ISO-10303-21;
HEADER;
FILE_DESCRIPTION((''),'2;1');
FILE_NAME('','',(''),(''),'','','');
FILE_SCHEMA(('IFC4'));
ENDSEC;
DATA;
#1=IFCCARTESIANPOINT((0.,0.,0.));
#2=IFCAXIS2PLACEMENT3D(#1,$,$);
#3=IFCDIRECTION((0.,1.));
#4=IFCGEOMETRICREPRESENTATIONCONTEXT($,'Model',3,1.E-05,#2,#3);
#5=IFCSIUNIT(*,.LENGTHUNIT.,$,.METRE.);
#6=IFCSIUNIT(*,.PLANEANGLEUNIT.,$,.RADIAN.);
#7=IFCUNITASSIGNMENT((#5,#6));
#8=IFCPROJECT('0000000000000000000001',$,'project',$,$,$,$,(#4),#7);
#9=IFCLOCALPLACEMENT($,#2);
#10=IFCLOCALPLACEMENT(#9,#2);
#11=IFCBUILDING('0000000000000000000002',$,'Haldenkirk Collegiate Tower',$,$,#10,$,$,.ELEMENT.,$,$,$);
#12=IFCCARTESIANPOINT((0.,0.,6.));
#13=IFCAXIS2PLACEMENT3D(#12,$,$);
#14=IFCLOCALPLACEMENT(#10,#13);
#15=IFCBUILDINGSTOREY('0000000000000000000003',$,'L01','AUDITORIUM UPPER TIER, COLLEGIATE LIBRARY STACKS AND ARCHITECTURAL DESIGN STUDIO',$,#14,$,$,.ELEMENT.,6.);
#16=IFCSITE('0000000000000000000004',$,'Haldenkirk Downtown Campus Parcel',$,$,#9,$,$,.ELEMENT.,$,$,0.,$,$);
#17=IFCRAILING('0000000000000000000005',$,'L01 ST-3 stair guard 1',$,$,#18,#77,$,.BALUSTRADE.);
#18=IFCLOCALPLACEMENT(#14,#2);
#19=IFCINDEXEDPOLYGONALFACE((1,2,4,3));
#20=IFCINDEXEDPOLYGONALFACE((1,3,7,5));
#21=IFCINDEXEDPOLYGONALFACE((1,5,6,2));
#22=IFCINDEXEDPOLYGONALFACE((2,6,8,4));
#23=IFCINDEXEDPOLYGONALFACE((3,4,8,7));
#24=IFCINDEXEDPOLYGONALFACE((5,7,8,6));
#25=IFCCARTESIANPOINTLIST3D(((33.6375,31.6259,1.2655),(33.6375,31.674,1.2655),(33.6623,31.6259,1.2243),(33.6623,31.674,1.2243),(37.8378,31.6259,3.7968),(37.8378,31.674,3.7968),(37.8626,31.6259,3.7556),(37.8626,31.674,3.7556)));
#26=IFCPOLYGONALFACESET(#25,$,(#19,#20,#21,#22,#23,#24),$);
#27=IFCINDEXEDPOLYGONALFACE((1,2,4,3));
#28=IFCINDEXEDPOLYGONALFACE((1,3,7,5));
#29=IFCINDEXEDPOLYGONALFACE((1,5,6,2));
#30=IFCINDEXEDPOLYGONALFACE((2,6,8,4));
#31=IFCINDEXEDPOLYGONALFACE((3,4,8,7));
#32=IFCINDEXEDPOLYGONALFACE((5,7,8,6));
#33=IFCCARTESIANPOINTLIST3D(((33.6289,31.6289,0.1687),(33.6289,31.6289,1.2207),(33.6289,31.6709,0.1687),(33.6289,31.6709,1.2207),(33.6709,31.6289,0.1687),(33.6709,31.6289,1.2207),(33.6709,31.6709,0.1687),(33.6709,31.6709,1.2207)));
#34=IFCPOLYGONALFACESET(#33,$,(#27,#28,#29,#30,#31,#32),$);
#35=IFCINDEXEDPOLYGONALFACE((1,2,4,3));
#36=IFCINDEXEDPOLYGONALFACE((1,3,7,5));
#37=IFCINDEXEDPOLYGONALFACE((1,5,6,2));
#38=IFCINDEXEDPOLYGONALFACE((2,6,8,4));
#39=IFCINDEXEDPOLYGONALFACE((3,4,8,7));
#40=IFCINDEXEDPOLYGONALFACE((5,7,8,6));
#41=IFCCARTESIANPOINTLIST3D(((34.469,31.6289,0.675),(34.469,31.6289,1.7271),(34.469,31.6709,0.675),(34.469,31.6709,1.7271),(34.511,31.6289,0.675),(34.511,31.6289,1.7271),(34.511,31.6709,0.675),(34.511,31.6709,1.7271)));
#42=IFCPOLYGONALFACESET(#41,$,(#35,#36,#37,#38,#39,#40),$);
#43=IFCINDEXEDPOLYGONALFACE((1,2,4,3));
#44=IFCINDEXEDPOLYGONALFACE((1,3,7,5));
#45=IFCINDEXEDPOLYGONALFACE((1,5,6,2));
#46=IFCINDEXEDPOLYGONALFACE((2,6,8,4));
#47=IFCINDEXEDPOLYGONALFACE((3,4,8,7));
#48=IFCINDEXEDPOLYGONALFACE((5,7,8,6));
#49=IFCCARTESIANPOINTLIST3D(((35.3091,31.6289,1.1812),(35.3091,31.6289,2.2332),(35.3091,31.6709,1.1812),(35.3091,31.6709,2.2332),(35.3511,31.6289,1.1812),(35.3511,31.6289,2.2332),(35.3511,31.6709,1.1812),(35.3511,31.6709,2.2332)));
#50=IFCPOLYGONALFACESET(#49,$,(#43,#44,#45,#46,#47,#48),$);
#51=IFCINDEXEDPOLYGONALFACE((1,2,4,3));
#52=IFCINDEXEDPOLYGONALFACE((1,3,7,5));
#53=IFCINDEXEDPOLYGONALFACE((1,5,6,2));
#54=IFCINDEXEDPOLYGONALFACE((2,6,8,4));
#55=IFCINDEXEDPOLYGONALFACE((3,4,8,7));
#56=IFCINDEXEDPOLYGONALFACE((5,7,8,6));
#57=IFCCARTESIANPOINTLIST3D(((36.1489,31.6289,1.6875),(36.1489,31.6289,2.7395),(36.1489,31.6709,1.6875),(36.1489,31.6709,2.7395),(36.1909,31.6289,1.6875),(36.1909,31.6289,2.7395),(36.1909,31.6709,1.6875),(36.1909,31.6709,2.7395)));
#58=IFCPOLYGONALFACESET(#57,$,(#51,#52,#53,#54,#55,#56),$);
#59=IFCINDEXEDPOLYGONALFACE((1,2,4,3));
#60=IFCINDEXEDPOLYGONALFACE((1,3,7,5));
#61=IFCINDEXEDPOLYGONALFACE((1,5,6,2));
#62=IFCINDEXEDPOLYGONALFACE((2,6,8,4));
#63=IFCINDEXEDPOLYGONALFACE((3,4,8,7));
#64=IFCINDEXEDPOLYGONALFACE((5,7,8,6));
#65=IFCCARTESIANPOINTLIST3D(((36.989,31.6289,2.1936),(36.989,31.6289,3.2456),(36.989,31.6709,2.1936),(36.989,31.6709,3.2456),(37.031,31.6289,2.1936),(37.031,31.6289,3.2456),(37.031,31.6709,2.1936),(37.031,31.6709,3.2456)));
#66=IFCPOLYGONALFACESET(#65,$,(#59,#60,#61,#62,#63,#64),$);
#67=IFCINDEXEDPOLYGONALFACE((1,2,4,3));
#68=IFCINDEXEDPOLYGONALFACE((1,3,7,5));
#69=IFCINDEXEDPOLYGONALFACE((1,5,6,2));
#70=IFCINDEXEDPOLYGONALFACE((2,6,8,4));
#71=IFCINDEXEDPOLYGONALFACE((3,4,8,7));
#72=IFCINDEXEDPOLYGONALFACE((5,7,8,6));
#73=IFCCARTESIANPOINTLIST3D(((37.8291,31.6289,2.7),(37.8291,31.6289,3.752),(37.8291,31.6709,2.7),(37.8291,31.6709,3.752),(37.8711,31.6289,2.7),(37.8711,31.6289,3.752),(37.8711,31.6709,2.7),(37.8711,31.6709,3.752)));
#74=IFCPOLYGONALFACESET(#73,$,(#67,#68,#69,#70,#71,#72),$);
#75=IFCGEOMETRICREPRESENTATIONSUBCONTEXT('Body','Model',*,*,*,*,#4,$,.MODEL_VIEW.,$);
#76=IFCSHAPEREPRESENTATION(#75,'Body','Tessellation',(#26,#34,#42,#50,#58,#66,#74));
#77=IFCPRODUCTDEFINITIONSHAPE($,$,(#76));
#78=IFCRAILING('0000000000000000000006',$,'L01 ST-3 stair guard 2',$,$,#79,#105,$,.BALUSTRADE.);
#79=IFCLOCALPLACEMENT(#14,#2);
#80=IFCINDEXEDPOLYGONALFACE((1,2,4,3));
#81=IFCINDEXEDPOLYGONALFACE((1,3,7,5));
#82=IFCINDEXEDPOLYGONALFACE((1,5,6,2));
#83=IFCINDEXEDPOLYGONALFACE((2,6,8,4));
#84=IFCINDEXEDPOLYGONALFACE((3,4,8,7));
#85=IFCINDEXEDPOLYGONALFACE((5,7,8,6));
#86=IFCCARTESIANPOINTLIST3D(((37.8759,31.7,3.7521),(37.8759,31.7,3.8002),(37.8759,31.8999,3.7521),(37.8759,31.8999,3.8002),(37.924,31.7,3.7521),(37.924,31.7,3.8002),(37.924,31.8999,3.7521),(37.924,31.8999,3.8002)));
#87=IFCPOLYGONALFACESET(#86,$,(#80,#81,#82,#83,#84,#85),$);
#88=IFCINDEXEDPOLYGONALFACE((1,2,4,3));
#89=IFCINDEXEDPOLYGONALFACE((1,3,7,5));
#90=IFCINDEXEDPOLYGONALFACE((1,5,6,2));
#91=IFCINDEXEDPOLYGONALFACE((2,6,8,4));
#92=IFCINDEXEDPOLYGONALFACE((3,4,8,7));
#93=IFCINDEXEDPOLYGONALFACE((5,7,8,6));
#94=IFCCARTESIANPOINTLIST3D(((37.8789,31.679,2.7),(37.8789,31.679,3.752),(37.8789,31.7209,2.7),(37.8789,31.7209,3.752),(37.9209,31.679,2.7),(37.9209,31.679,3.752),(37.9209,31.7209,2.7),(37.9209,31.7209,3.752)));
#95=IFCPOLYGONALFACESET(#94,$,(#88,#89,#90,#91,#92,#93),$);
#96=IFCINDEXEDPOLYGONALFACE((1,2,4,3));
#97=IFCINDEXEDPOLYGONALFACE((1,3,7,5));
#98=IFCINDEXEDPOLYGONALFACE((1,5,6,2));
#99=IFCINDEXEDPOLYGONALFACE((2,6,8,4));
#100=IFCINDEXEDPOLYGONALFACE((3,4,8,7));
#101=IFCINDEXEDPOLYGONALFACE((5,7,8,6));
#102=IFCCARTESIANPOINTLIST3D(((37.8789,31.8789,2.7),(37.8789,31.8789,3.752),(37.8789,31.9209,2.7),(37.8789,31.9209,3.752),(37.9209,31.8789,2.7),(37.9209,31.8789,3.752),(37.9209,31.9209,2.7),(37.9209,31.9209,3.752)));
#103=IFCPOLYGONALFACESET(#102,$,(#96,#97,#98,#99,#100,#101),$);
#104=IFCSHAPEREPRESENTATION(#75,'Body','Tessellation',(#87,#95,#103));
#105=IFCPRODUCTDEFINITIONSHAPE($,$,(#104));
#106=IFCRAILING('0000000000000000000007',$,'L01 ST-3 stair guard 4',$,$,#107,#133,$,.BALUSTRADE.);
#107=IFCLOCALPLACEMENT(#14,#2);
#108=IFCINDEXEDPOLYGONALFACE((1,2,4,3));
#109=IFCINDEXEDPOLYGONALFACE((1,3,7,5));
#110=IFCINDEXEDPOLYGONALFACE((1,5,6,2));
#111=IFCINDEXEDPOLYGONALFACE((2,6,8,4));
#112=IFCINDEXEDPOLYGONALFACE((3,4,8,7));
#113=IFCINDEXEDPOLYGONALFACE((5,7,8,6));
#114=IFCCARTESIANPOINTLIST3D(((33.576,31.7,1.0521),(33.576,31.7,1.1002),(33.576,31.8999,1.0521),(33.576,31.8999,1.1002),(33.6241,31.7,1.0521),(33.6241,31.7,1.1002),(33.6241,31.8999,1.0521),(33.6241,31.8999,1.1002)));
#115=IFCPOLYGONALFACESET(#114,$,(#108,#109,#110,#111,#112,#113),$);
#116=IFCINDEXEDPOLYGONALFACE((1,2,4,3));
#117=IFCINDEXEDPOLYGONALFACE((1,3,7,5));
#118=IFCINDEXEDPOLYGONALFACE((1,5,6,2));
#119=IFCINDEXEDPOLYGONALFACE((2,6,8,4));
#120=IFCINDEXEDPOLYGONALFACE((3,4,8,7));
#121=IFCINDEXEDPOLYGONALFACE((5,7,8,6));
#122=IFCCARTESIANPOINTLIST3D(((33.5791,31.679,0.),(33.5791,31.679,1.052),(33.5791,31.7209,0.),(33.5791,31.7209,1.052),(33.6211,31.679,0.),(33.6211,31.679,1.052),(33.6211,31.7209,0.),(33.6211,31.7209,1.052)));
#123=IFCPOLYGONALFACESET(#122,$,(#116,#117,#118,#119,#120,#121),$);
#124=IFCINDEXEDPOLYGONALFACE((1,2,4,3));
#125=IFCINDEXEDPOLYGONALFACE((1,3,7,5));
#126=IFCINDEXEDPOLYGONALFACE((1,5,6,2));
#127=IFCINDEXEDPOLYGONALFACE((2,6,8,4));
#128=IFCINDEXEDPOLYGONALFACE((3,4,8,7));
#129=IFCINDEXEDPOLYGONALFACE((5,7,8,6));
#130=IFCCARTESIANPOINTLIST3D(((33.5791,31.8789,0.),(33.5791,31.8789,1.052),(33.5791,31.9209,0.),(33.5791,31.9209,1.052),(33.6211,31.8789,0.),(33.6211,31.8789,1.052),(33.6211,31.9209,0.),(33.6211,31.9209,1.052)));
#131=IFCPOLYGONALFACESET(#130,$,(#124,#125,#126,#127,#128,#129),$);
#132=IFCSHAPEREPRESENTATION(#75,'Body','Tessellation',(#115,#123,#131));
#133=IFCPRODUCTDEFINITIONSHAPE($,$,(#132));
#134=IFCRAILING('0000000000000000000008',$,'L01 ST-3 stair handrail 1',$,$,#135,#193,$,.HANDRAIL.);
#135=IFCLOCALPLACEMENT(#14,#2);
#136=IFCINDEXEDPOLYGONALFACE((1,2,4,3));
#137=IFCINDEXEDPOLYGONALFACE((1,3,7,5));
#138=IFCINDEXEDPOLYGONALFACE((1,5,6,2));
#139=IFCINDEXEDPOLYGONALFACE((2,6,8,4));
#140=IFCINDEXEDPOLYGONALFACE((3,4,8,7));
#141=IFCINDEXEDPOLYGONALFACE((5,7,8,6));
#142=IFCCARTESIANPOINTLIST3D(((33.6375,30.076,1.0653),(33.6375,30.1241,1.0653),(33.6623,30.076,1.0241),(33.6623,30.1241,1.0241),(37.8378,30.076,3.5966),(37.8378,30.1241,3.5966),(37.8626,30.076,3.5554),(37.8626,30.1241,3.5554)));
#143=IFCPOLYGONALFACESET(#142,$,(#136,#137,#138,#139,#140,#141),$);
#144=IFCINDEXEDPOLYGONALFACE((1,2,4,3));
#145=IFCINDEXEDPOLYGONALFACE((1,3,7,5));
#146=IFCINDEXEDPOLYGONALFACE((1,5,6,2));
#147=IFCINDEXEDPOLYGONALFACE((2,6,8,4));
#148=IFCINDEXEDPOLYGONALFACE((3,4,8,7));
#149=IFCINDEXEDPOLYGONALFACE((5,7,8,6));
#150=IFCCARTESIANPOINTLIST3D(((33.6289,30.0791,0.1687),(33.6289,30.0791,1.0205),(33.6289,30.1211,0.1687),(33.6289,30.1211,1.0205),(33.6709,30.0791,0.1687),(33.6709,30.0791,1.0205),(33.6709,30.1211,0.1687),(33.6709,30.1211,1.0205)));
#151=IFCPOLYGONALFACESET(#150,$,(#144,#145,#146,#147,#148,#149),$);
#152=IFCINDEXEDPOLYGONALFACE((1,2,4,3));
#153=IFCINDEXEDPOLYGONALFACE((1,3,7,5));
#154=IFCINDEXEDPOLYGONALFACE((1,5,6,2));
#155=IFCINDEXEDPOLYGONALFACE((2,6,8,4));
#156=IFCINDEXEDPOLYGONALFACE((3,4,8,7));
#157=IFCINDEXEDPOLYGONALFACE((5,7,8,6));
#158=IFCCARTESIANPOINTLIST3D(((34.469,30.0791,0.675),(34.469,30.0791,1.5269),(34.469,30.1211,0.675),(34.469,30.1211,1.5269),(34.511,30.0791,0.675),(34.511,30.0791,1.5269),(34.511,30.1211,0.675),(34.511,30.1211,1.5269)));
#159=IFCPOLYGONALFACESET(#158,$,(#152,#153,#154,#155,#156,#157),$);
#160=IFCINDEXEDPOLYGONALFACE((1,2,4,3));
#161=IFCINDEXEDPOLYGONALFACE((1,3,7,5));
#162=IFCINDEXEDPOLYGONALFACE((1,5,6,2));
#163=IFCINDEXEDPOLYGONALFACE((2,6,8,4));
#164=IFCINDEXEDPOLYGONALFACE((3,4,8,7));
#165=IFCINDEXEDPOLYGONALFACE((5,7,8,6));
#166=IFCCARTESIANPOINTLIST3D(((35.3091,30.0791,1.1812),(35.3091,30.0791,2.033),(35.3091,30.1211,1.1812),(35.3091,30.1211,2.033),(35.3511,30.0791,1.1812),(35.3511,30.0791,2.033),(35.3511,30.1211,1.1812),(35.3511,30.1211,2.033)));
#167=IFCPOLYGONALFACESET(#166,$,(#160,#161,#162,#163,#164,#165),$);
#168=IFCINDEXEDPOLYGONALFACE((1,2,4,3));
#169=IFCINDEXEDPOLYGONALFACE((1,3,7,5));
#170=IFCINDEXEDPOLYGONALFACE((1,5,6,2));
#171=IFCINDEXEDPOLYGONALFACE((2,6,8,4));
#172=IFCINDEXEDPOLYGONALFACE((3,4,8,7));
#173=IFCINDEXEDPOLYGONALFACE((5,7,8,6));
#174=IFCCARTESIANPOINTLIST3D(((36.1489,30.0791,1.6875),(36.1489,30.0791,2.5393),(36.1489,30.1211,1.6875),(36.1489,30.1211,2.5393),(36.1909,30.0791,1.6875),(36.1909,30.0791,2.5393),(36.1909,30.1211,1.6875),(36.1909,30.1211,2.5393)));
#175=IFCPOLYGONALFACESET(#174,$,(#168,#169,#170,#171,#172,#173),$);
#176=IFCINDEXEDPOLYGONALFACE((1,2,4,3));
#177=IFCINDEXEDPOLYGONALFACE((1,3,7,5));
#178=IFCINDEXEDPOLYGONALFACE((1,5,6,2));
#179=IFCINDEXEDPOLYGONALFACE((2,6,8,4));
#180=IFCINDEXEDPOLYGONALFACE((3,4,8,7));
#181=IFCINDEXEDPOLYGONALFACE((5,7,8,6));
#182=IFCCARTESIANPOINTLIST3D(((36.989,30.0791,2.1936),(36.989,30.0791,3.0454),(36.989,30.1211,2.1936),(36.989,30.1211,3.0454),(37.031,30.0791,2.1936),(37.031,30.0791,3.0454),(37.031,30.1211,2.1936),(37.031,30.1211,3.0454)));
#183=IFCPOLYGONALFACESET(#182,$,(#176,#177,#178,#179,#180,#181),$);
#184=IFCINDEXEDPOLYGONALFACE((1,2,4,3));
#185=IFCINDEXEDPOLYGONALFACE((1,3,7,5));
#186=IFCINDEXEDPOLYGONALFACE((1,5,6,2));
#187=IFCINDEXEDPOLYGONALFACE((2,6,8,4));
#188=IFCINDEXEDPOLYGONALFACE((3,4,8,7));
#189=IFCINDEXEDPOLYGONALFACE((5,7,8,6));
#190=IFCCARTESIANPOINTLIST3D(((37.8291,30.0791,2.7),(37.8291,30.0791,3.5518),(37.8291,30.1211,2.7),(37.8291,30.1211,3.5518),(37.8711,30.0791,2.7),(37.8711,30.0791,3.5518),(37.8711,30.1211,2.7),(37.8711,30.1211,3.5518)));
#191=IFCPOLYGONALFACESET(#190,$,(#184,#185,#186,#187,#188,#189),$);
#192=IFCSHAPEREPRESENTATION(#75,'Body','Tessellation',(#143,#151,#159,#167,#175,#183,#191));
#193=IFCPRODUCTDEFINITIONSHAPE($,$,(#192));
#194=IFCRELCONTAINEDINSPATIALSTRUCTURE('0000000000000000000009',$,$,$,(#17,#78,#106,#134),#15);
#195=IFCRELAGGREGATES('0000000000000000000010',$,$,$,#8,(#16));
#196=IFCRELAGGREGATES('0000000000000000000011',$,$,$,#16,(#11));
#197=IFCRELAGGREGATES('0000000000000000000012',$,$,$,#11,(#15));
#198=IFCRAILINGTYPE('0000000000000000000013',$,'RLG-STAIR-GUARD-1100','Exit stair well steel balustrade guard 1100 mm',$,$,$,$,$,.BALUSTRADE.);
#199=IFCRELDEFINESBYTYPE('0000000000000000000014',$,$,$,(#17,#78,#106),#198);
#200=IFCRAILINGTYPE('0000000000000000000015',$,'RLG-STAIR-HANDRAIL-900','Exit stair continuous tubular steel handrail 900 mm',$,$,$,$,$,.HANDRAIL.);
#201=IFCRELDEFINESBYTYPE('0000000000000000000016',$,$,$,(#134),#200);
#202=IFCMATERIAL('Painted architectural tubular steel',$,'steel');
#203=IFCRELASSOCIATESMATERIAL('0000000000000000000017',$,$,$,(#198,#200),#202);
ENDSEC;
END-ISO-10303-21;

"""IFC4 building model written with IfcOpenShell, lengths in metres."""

from ifc_helpers import new_model, si_unit, direction, frame, origin, origin_2d, place, context, subcontext, project, spatial, rectangle, extrude, material, type_object, element, save


model = new_model("IFC4")

# Units and contexts
model_context = context("Model", 3, precision=1e-05, world=origin(), true_north=direction((0.0, 1.0)))
body_context = subcontext(model_context, "Body", "Model", "MODEL_VIEW")
ifc_project = project(units=[si_unit("LENGTHUNIT", "METRE"), si_unit("PLANEANGLEUNIT", "RADIAN")], contexts=[model_context])

# Site, building, storey
site_placement = place(None, origin())
site = spatial("IfcSite", under=ifc_project, at=site_placement, Name="Haldenkirk Downtown Campus Parcel", CompositionType="ELEMENT", RefElevation=0.0)
building_placement = place(site_placement, origin())
building = spatial("IfcBuilding", under=site, at=building_placement, Name="Haldenkirk Collegiate Tower", CompositionType="ELEMENT")
storey_placement = place(building_placement, frame((0.0, 0.0, 6.0)))
storey = spatial("IfcBuildingStorey", under=building, at=storey_placement, Name="L01", Description="AUDITORIUM UPPER TIER, COLLEGIATE LIBRARY STACKS AND ARCHITECTURAL DESIGN STUDIO", CompositionType="ELEMENT", Elevation=6.0)

# Railings
ifc_material_1 = material(Name="Painted architectural tubular steel", Category="steel")
railing_type_1 = type_object("IfcRailingType", Name="RLG-STAIR-GUARD-1100", Description="Exit stair well steel balustrade guard 1100 mm", PredefinedType="BALUSTRADE", material=ifc_material_1)
railing_1_placement = place(storey_placement, frame((33.6499, 31.6499, 0.1687)))
element("IfcRailing", 1, at=railing_1_placement, inside=storey, type_object=railing_type_1, Name="L01 ST-3 stair guard 1", PredefinedType="BALUSTRADE", context=body_context, shape_type="SweptSolid", body=[
    extrude(rectangle(XDim=0.0481, YDim=0.0481, at=origin_2d()), frame((0.0, 0.0, 1.0762), z_axis=(0.85649, 0.0, 0.516164), x_axis=(0.0, 1.0, 0.0)), (0.0, 0.0, 1.0), 4.9041),
    extrude(rectangle(XDim=0.042, YDim=0.042, at=origin_2d()), origin(), (0.0, 0.0, 1.0), 1.052),
    extrude(rectangle(XDim=0.042, YDim=0.042, at=origin_2d()), frame((0.8401, 0.0, 0.5063)), (0.0, 0.0, 1.0), 1.052),
    extrude(rectangle(XDim=0.042, YDim=0.042, at=origin_2d()), frame((1.6802, 0.0, 1.0125)), (0.0, 0.0, 1.0), 1.052),
    extrude(rectangle(XDim=0.042, YDim=0.042, at=origin_2d()), frame((2.52, 0.0, 1.5188)), (0.0, 0.0, 1.0), 1.052),
    extrude(rectangle(XDim=0.042, YDim=0.042, at=origin_2d()), frame((3.3601, 0.0, 2.0249)), (0.0, 0.0, 1.0), 1.052),
    extrude(rectangle(XDim=0.042, YDim=0.042, at=origin_2d()), frame((4.2002, 0.0, 2.5312)), (0.0, 0.0, 1.0), 1.052),
])
for number, where, name in (
    (2, (37.8999, 31.7, 2.7), "L01 ST-3 stair guard 2"),
    (3, (33.6001, 31.7, 0.0), "L01 ST-3 stair guard 4"),
):
    element("IfcRailing", number, at=place(storey_placement, frame(where)), inside=storey, type_object=railing_type_1, Name=name, PredefinedType="BALUSTRADE", context=body_context, shape_type="SweptSolid", body=[
        extrude(rectangle(XDim=0.0481, YDim=0.0481, at=origin_2d()), frame((0.0, 0.0, 1.0762), z_axis=(0.0, 1.0, 0.0), x_axis=(-1.0, 0.0, 0.0)), (0.0, 0.0, 1.0), 0.2),
        extrude(rectangle(XDim=0.042, YDim=0.042, at=origin_2d()), origin(), (0.0, 0.0, 1.0), 1.052),
        extrude(rectangle(XDim=0.042, YDim=0.042, at=origin_2d()), frame((0.0, 0.2, 0.0)), (0.0, 0.0, 1.0), 1.052),
    ])
railing_type_2 = type_object("IfcRailingType", Name="RLG-STAIR-HANDRAIL-900", Description="Exit stair continuous tubular steel handrail 900 mm", PredefinedType="HANDRAIL", material=ifc_material_1)
railing_2_placement = place(storey_placement, frame((33.6499, 30.1001, 0.1687)))
element("IfcRailing", 4, at=railing_2_placement, inside=storey, type_object=railing_type_2, Name="L01 ST-3 stair handrail 1", PredefinedType="HANDRAIL", context=body_context, shape_type="SweptSolid", body=[
    extrude(rectangle(XDim=0.0481, YDim=0.0481, at=origin_2d()), frame((0.0, 0.0, 0.876), z_axis=(0.85649, 0.0, 0.516164), x_axis=(0.0, 1.0, 0.0)), (0.0, 0.0, 1.0), 4.9041),
    extrude(rectangle(XDim=0.042, YDim=0.042, at=origin_2d()), origin(), (0.0, 0.0, 1.0), 0.8518),
    extrude(rectangle(XDim=0.042, YDim=0.042, at=origin_2d()), frame((0.8401, 0.0, 0.5063)), (0.0, 0.0, 1.0), 0.8518),
    extrude(rectangle(XDim=0.042, YDim=0.042, at=origin_2d()), frame((1.6802, 0.0, 1.0125)), (0.0, 0.0, 1.0), 0.8518),
    extrude(rectangle(XDim=0.042, YDim=0.042, at=origin_2d()), frame((2.52, 0.0, 1.5188)), (0.0, 0.0, 1.0), 0.8518),
    extrude(rectangle(XDim=0.042, YDim=0.042, at=origin_2d()), frame((3.3601, 0.0, 2.0249)), (0.0, 0.0, 1.0), 0.8518),
    extrude(rectangle(XDim=0.042, YDim=0.042, at=origin_2d()), frame((4.2002, 0.0, 2.5312)), (0.0, 0.0, 1.0), 0.8518),
])

save(model, "model.ifc")
